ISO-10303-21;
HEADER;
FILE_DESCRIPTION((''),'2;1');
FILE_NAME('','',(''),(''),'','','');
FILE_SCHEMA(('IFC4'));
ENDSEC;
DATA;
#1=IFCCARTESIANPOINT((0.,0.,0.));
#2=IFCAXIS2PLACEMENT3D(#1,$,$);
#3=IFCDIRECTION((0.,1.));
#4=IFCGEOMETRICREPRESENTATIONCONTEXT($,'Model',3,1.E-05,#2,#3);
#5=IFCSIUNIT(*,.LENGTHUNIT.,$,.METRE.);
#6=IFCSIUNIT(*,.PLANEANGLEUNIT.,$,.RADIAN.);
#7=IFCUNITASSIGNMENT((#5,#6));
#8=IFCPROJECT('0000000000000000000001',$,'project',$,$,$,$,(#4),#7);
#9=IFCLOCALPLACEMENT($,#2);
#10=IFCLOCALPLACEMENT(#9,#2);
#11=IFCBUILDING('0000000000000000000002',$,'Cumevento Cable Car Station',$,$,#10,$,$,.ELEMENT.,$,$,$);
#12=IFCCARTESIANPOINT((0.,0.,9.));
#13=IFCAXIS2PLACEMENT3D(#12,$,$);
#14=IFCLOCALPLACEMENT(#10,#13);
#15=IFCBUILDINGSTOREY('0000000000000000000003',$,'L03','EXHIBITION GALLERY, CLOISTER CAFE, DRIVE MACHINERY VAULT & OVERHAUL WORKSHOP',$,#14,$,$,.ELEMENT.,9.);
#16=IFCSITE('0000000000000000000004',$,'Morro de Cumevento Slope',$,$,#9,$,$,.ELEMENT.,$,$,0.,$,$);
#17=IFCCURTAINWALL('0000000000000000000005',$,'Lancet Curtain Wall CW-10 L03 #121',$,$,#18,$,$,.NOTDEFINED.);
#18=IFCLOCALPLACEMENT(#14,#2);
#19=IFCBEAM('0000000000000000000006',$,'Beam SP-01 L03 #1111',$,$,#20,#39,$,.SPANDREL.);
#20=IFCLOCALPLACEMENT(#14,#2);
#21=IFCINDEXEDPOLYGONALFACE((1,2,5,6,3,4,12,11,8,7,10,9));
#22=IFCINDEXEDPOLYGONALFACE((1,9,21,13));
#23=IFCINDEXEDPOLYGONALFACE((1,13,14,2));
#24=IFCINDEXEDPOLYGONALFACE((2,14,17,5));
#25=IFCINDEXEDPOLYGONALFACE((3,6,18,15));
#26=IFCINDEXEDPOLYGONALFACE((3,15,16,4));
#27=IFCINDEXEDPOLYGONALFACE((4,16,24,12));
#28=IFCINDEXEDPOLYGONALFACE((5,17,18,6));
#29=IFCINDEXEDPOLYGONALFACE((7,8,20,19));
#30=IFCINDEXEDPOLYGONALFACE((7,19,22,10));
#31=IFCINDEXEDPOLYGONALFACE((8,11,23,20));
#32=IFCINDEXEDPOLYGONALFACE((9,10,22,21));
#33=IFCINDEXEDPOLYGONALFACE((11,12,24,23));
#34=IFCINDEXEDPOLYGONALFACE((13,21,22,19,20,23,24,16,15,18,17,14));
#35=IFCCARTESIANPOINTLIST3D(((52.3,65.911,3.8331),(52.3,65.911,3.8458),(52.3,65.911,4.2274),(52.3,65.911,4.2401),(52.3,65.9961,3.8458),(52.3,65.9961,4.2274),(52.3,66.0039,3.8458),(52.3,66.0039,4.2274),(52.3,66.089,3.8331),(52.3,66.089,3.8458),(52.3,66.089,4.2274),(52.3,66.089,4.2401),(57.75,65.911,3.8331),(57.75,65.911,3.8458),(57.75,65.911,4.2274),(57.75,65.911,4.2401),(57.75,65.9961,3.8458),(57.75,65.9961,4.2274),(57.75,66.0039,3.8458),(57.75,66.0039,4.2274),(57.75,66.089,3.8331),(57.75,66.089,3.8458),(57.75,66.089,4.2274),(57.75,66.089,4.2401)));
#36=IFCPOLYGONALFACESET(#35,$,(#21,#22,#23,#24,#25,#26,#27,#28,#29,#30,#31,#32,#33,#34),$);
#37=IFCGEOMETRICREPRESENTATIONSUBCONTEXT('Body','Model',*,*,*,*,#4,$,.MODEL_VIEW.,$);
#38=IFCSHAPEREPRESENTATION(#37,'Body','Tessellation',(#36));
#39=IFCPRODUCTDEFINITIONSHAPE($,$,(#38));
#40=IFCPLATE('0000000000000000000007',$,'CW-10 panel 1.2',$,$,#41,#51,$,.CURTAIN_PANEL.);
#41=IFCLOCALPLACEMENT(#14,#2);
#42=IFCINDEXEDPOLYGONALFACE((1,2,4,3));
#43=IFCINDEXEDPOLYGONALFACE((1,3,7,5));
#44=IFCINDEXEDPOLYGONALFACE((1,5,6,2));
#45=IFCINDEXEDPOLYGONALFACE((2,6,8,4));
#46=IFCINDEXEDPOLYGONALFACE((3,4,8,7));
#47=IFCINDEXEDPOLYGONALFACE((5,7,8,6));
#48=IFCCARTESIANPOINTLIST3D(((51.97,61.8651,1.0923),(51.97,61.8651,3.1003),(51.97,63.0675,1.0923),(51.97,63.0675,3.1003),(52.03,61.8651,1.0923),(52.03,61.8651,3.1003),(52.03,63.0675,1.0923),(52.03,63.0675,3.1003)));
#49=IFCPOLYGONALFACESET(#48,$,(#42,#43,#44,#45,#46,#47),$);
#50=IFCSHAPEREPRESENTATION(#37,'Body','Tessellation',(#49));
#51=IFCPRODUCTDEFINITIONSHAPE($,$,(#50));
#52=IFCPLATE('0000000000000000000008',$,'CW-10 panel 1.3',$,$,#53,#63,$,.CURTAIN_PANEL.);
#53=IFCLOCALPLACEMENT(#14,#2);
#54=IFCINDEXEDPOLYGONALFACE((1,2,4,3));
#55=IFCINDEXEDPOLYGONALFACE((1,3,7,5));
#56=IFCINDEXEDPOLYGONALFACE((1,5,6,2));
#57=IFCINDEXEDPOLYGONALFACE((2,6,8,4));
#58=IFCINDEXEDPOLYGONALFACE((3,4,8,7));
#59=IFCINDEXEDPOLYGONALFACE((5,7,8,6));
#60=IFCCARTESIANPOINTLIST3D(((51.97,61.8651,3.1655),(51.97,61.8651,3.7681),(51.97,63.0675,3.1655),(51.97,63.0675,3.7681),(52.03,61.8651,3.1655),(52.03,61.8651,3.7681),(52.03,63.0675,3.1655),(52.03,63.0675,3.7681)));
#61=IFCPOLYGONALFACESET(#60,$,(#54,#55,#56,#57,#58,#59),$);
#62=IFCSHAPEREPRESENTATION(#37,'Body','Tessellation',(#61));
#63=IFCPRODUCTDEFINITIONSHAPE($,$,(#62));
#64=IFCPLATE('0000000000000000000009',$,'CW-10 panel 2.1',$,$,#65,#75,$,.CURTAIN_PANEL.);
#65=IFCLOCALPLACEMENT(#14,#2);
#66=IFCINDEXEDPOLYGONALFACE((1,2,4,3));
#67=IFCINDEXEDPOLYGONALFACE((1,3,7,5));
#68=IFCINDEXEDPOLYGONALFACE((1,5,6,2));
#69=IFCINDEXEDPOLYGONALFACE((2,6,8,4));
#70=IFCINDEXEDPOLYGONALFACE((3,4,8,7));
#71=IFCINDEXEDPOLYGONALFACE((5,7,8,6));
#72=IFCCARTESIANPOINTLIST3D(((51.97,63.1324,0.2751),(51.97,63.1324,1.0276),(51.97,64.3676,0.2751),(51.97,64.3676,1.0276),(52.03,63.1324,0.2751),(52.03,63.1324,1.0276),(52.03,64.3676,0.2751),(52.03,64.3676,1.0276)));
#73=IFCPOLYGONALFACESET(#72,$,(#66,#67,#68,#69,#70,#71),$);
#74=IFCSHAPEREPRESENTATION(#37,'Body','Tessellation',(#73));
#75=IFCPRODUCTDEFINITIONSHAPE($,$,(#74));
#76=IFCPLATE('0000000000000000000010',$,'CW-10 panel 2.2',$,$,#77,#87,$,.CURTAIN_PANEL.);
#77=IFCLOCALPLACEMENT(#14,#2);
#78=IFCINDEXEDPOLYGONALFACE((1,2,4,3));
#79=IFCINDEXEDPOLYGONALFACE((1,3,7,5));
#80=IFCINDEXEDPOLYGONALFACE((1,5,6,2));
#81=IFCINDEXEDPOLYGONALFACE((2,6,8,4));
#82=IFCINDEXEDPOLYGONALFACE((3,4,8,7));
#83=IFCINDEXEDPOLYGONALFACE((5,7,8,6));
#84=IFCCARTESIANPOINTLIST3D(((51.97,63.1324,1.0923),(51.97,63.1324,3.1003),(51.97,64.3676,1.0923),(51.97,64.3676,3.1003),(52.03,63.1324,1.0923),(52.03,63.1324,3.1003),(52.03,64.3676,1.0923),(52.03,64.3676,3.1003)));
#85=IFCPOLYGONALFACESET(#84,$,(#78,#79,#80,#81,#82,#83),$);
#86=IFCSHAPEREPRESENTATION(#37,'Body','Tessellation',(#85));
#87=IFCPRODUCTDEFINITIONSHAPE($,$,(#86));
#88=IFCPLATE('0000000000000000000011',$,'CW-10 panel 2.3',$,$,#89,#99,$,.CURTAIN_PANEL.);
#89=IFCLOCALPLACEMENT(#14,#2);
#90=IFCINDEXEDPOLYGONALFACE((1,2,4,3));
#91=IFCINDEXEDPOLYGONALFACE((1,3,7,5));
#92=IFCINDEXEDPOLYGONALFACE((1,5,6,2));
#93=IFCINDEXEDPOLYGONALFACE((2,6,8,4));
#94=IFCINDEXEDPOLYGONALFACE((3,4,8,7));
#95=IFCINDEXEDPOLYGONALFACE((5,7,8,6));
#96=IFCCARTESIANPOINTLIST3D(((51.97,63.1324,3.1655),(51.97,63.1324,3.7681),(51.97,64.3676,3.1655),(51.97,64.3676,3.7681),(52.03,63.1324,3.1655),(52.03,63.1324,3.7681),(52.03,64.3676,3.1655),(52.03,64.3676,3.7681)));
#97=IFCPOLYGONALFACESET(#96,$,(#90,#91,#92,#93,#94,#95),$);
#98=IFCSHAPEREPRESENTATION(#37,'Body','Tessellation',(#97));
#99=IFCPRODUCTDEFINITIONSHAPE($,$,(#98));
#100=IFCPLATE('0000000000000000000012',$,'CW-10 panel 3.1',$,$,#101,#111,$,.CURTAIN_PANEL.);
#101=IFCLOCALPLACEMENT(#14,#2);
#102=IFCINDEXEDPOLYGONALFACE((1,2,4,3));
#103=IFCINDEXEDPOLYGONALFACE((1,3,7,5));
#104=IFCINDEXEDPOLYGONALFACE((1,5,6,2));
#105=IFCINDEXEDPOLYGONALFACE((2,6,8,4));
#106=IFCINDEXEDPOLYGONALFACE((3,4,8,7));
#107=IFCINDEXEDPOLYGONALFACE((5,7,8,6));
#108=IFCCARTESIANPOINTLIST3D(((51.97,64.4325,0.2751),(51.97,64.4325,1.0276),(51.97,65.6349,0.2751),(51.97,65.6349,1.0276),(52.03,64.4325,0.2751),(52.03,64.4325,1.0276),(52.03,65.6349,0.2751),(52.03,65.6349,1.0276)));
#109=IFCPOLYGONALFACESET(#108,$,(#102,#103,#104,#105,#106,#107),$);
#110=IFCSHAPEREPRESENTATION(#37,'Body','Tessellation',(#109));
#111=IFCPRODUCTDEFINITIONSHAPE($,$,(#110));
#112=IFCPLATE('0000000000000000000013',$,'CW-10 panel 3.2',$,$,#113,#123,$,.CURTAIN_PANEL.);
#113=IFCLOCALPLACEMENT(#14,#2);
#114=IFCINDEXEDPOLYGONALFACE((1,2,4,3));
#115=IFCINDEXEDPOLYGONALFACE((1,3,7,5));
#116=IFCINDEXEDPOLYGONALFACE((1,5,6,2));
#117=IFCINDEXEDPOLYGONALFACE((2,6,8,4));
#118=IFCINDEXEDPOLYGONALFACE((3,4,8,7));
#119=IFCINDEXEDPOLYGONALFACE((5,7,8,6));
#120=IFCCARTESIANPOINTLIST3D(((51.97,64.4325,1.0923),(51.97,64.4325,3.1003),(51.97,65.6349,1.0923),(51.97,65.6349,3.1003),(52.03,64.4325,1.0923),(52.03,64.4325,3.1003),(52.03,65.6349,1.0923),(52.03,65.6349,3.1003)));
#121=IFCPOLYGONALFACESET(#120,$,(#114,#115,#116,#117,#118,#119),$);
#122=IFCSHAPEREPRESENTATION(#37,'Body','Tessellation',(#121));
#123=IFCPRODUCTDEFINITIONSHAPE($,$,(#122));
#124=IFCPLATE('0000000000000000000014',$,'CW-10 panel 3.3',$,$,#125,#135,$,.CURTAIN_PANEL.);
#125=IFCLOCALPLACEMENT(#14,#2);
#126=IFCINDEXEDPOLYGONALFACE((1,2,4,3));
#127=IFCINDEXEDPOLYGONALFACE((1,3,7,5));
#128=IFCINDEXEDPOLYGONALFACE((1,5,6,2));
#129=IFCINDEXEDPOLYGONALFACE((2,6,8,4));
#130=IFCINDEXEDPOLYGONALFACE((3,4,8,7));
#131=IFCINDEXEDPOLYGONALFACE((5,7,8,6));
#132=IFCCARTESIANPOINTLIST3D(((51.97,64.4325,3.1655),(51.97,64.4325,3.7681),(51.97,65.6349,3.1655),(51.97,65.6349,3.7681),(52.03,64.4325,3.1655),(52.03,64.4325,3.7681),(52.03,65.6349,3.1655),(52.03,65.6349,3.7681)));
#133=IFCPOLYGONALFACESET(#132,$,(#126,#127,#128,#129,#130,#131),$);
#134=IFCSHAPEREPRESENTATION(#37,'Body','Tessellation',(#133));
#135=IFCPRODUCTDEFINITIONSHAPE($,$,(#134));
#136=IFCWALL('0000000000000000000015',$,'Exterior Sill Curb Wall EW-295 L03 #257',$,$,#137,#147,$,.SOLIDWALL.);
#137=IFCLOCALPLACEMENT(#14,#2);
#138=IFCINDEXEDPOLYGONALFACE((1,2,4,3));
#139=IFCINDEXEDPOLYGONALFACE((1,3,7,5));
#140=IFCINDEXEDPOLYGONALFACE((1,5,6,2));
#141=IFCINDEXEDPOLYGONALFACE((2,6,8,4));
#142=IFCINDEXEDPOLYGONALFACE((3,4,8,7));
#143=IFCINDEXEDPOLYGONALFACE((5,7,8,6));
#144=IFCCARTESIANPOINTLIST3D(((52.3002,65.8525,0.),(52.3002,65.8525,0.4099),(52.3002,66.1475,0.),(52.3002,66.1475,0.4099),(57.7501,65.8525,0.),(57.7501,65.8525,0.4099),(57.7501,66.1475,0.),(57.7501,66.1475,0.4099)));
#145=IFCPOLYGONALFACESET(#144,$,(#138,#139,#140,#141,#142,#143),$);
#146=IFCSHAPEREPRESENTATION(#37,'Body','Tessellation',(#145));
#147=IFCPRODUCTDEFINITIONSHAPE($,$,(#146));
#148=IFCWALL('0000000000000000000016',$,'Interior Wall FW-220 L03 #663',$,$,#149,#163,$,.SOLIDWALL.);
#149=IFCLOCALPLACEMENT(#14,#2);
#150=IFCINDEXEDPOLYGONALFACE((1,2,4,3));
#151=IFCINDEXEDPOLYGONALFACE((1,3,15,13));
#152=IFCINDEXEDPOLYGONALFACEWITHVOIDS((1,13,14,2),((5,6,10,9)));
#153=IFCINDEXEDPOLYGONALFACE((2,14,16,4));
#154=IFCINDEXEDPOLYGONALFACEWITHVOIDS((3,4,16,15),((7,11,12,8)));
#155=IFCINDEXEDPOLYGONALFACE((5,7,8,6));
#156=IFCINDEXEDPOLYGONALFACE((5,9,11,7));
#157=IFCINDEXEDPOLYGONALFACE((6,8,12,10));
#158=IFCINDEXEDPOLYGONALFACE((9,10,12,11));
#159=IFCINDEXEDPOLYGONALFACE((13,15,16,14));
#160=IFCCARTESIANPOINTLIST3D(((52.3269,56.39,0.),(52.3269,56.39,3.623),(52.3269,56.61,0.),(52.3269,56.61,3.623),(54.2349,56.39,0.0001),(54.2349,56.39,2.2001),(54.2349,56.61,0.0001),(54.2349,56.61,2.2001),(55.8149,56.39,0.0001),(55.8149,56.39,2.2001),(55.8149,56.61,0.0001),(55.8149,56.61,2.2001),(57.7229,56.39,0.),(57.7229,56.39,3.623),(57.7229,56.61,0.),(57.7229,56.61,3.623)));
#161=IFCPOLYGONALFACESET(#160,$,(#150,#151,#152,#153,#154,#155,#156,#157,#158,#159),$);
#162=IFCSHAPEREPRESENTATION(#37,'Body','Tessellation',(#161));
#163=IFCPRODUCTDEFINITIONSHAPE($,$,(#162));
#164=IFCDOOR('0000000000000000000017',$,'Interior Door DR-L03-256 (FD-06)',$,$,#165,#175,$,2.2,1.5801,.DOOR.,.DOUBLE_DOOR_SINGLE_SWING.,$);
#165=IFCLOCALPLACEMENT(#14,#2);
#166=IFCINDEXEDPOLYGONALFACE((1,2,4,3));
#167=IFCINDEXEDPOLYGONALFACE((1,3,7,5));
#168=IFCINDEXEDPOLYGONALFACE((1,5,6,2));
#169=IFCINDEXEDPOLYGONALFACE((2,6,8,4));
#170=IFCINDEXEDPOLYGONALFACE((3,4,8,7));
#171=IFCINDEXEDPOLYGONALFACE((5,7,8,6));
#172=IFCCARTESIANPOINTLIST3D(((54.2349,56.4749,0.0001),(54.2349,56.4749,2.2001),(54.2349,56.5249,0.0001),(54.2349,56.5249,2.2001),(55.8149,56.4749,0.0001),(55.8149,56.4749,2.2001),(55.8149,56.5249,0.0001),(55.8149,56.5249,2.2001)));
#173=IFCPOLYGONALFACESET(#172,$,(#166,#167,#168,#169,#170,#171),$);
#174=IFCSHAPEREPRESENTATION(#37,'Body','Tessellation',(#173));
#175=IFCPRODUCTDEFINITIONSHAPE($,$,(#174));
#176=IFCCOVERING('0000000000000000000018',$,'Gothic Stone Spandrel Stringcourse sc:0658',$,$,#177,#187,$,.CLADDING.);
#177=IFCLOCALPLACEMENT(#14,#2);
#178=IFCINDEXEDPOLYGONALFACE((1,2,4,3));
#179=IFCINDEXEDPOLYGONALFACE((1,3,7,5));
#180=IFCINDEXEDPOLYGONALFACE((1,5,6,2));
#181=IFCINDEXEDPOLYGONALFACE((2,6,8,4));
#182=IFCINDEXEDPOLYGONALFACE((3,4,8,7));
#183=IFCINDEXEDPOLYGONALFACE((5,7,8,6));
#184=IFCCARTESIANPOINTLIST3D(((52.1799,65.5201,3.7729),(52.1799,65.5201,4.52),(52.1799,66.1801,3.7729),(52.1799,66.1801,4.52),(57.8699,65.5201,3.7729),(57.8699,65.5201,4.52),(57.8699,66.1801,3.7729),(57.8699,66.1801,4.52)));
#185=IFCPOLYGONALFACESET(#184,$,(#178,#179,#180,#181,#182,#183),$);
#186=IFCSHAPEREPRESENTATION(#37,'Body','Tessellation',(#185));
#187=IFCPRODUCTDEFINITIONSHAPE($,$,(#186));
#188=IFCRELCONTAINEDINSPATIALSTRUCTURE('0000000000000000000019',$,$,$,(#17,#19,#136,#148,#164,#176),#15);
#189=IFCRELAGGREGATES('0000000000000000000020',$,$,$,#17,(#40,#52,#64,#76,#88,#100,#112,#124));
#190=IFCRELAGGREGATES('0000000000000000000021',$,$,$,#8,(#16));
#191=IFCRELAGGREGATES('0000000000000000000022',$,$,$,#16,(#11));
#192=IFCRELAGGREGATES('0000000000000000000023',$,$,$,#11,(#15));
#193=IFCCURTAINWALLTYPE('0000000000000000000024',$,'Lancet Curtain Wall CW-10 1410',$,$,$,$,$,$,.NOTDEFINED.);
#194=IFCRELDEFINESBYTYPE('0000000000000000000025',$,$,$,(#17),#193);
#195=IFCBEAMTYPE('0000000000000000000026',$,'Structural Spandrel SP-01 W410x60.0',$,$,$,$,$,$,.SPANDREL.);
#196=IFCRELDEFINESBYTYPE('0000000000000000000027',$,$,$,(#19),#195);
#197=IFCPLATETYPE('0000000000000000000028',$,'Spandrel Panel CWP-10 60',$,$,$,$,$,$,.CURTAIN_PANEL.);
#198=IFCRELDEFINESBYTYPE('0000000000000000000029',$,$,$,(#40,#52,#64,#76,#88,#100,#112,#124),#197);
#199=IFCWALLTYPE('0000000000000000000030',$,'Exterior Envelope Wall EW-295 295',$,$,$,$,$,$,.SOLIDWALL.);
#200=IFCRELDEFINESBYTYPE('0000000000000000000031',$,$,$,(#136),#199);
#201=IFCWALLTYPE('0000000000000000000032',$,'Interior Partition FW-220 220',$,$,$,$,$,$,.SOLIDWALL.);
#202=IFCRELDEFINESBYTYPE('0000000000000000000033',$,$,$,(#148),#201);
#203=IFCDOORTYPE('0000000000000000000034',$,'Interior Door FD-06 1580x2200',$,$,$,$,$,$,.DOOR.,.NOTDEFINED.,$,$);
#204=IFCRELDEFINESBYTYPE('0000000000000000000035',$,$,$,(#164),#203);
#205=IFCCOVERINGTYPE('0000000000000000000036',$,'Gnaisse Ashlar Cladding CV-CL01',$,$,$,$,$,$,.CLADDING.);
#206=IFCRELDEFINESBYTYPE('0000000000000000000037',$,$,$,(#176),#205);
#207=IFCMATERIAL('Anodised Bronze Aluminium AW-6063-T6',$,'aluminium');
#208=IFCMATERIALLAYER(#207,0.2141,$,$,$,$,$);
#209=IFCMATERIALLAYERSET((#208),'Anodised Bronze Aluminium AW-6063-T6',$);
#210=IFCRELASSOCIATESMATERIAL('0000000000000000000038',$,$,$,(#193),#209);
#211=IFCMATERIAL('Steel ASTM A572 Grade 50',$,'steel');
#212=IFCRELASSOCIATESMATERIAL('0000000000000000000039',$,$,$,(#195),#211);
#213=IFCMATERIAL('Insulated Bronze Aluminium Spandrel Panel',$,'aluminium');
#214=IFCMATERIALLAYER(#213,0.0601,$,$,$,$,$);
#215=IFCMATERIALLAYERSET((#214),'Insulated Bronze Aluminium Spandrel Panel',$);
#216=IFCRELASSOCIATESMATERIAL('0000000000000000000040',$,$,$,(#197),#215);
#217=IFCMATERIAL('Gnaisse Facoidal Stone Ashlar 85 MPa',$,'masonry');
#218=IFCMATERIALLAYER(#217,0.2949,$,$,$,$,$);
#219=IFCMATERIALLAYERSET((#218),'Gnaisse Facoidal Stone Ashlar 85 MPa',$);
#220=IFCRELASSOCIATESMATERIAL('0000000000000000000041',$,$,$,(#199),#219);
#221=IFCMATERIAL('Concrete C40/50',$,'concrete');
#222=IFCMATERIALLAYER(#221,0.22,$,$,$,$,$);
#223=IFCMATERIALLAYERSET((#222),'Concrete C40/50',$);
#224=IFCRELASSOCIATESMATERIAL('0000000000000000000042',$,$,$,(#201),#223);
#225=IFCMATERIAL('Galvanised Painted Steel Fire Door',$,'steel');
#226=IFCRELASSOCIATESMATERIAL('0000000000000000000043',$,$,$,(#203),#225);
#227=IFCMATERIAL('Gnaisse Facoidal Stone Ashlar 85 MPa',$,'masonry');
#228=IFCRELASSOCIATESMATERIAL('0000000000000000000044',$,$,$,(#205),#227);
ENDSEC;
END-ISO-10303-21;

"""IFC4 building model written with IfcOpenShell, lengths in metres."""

from ifc_helpers import new_model, si_unit, direction, frame, frame_2d, origin, origin_2d, place, context, subcontext, project, spatial, rectangle, i_section, extrude, material, layer, layer_set, material_profile, profile_set, type_object, element, fill, aggregate, save


model = new_model("IFC4")

# Units and contexts
model_context = context("Model", 3, precision=1e-05, world=origin(), true_north=direction((0.0, 1.0)))
body_context = subcontext(model_context, "Body", "Model", "MODEL_VIEW")
ifc_project = project(units=[si_unit("LENGTHUNIT", "METRE"), si_unit("PLANEANGLEUNIT", "RADIAN")], contexts=[model_context])

# Site, building, storey
site_placement = place(None, origin())
site = spatial("IfcSite", under=ifc_project, at=site_placement, Name="Morro de Cumevento Slope", CompositionType="ELEMENT", RefElevation=0.0)
building_placement = place(site_placement, origin())
building = spatial("IfcBuilding", under=site, at=building_placement, Name="Cumevento Cable Car Station", CompositionType="ELEMENT")
storey_placement = place(building_placement, frame((0.0, 0.0, 9.0)))
storey = spatial("IfcBuildingStorey", under=building, at=storey_placement, Name="L03", Description="EXHIBITION GALLERY, CLOISTER CAFE, DRIVE MACHINERY VAULT & OVERHAUL WORKSHOP", CompositionType="ELEMENT", Elevation=9.0)

# Curtain wall
ifc_material_1 = material(Name="Anodised Bronze Aluminium AW-6063-T6", Category="aluminium")
ifc_layer_1 = layer(ifc_material_1, 0.2141)
ifc_layer_set_1 = layer_set([ifc_layer_1], Name="Anodised Bronze Aluminium AW-6063-T6")
curtain_wall_type = type_object("IfcCurtainWallType", Name="Lancet Curtain Wall CW-10 1410", PredefinedType="NOTDEFINED", material=ifc_layer_set_1)
curtain_wall_placement = place(storey_placement, origin())
curtain_wall = element("IfcCurtainWall", 1, at=curtain_wall_placement, inside=storey, type_object=curtain_wall_type, Name="Lancet Curtain Wall CW-10 L03 #121", PredefinedType="NOTDEFINED")

# Beam
ifc_material_2 = material(Name="Steel ASTM A572 Grade 50", Category="steel")
ifc_material_profile_1 = material_profile(ifc_material_2, i_section(OverallWidth=0.178, OverallDepth=0.407, WebThickness=0.0078, FlangeThickness=0.0127, at=origin_2d()), Name="W410x60.0")
ifc_profile_set_1 = profile_set([ifc_material_profile_1], Name="Steel ASTM A572 Grade 50")
beam_type_1 = type_object("IfcBeamType", Name="Structural Spandrel SP-01 W410x60.0", PredefinedType="SPANDREL", material=ifc_profile_set_1)
beam_1_placement = place(storey_placement, frame((52.3, 66.0, 4.0366), z_axis=(1.0, 0.0, 0.0), x_axis=(0.0, 1.0, 0.0)))
element("IfcBeam", 2, at=beam_1_placement, inside=storey, type_object=beam_type_1, Name="Beam SP-01 L03 #1111", PredefinedType="SPANDREL", context=body_context, shape_type="SweptSolid", body=[
    extrude(i_section(OverallWidth=0.178, OverallDepth=0.407, WebThickness=0.0078, FlangeThickness=0.0127, at=origin_2d()), origin(), (0.0, 0.0, 1.0), 5.45),
])

# Plates
ifc_material_3 = material(Name="Insulated Bronze Aluminium Spandrel Panel", Category="aluminium")
ifc_layer_2 = layer(ifc_material_3, 0.0601)
ifc_layer_set_2 = layer_set([ifc_layer_2], Name="Insulated Bronze Aluminium Spandrel Panel")
plate_type = type_object("IfcPlateType", Name="Spandrel Panel CWP-10 60", PredefinedType="CURTAIN_PANEL", material=ifc_layer_set_2)
plate_1_placement = place(storey_placement, frame((52.0, 62.4663, 1.0923), z_axis=(0.0, 0.0, 1.0), x_axis=(0.0, 1.0, 0.0)))
plate_1 = element("IfcPlate", 3, at=plate_1_placement, type_object=plate_type, Name="CW-10 panel 1.2", PredefinedType="CURTAIN_PANEL", context=body_context, shape_type="SweptSolid", body=[
    extrude(rectangle(XDim=1.2024, YDim=0.0601, at=origin_2d()), origin(), (0.0, 0.0, 1.0), 2.0081),
])
plate_2_placement = place(storey_placement, frame((52.0, 62.4663, 3.1655), z_axis=(0.0, 0.0, 1.0), x_axis=(0.0, 1.0, 0.0)))
plate_2 = element("IfcPlate", 4, at=plate_2_placement, type_object=plate_type, Name="CW-10 panel 1.3", PredefinedType="CURTAIN_PANEL", context=body_context, shape_type="SweptSolid", body=[
    extrude(rectangle(XDim=1.2024, YDim=0.0601, at=origin_2d()), origin(), (0.0, 0.0, 1.0), 0.6025),
])
plate_3_placement = place(storey_placement, frame((52.0, 63.75, 0.2751), z_axis=(0.0, 0.0, 1.0), x_axis=(0.0, 1.0, 0.0)))
plate_3 = element("IfcPlate", 5, at=plate_3_placement, type_object=plate_type, Name="CW-10 panel 2.1", PredefinedType="CURTAIN_PANEL", context=body_context, shape_type="SweptSolid", body=[
    extrude(rectangle(XDim=1.2351, YDim=0.0601, at=origin_2d()), origin(), (0.0, 0.0, 1.0), 0.7524),
])
plate_4_placement = place(storey_placement, frame((52.0, 63.75, 1.0923), z_axis=(0.0, 0.0, 1.0), x_axis=(0.0, 1.0, 0.0)))
plate_4 = element("IfcPlate", 6, at=plate_4_placement, type_object=plate_type, Name="CW-10 panel 2.2", PredefinedType="CURTAIN_PANEL", context=body_context, shape_type="SweptSolid", body=[
    extrude(rectangle(XDim=1.2351, YDim=0.0601, at=origin_2d()), origin(), (0.0, 0.0, 1.0), 2.0081),
])
plate_5_placement = place(storey_placement, frame((52.0, 63.75, 3.1655), z_axis=(0.0, 0.0, 1.0), x_axis=(0.0, 1.0, 0.0)))
plate_5 = element("IfcPlate", 7, at=plate_5_placement, type_object=plate_type, Name="CW-10 panel 2.3", PredefinedType="CURTAIN_PANEL", context=body_context, shape_type="SweptSolid", body=[
    extrude(rectangle(XDim=1.2351, YDim=0.0601, at=origin_2d()), origin(), (0.0, 0.0, 1.0), 0.6025),
])
plate_6_placement = place(storey_placement, frame((52.0, 65.0337, 0.2751), z_axis=(0.0, 0.0, 1.0), x_axis=(0.0, 1.0, 0.0)))
plate_6 = element("IfcPlate", 8, at=plate_6_placement, type_object=plate_type, Name="CW-10 panel 3.1", PredefinedType="CURTAIN_PANEL", context=body_context, shape_type="SweptSolid", body=[
    extrude(rectangle(XDim=1.2024, YDim=0.0601, at=origin_2d()), origin(), (0.0, 0.0, 1.0), 0.7524),
])
plate_7_placement = place(storey_placement, frame((52.0, 65.0337, 1.0923), z_axis=(0.0, 0.0, 1.0), x_axis=(0.0, 1.0, 0.0)))
plate_7 = element("IfcPlate", 9, at=plate_7_placement, type_object=plate_type, Name="CW-10 panel 3.2", PredefinedType="CURTAIN_PANEL", context=body_context, shape_type="SweptSolid", body=[
    extrude(rectangle(XDim=1.2024, YDim=0.0601, at=origin_2d()), origin(), (0.0, 0.0, 1.0), 2.0081),
])
plate_8_placement = place(storey_placement, frame((52.0, 65.0337, 3.1655), z_axis=(0.0, 0.0, 1.0), x_axis=(0.0, 1.0, 0.0)))
plate_8 = element("IfcPlate", 10, at=plate_8_placement, type_object=plate_type, Name="CW-10 panel 3.3", PredefinedType="CURTAIN_PANEL", context=body_context, shape_type="SweptSolid", body=[
    extrude(rectangle(XDim=1.2024, YDim=0.0601, at=origin_2d()), origin(), (0.0, 0.0, 1.0), 0.6025),
])
aggregate(curtain_wall, [plate_1, plate_2, plate_3, plate_4, plate_5, plate_6, plate_7, plate_8])

# Wall
ifc_material_4 = material(Name="Gnaisse Facoidal Stone Ashlar 85 MPa", Category="masonry")
ifc_layer_3 = layer(ifc_material_4, 0.2949)
ifc_layer_set_3 = layer_set([ifc_layer_3], Name="Gnaisse Facoidal Stone Ashlar 85 MPa")
wall_type_1 = type_object("IfcWallType", Name="Exterior Envelope Wall EW-295 295", PredefinedType="SOLIDWALL", material=ifc_layer_set_3)
wall_1_placement = place(storey_placement, frame((52.3, 66.0, 0.0), z_axis=(0.0, 0.0, 1.0), x_axis=(1.0, 0.0, 0.0)))
element("IfcWall", 11, at=wall_1_placement, inside=storey, type_object=wall_type_1, Name="Exterior Sill Curb Wall EW-295 L03 #257", PredefinedType="SOLIDWALL", context=body_context, shape_type="SweptSolid", body=[
    extrude(rectangle(XDim=5.45, YDim=0.2949, at=frame_2d((2.7251, 0.0))), origin(), (0.0, 0.0, 1.0), 0.4099),
])

# Wall, opening, door
ifc_material_5 = material(Name="Concrete C40/50", Category="concrete")
ifc_layer_4 = layer(ifc_material_5, 0.22)
ifc_layer_set_4 = layer_set([ifc_layer_4], Name="Concrete C40/50")
wall_type_2 = type_object("IfcWallType", Name="Interior Partition FW-220 220", PredefinedType="SOLIDWALL", material=ifc_layer_set_4)
wall_2_placement = place(storey_placement, frame((52.3269, 56.5, 0.0), z_axis=(0.0, 0.0, 1.0), x_axis=(1.0, 0.0, 0.0)))
wall_2 = element("IfcWall", 12, at=wall_2_placement, inside=storey, type_object=wall_type_2, Name="Interior Wall FW-220 L03 #663", PredefinedType="SOLIDWALL", context=body_context, shape_type="SweptSolid", body=[
    extrude(rectangle(XDim=5.396, YDim=0.22, at=frame_2d((2.698, 0.0))), origin(), (0.0, 0.0, 1.0), 3.623),
])
opening_placement = place(wall_2_placement, frame((1.908, 0.0, 0.0)))
opening = element("IfcOpeningElement", 13, at=opening_placement, cuts=wall_2, PredefinedType="OPENING", context=body_context, shape_type="SweptSolid", body=[
    extrude(rectangle(XDim=1.5801, YDim=2.2, at=frame_2d((0.79, 1.1001))), frame((0.0, 0.1199, 0.0), z_axis=(0.0, -1.0, 0.0), x_axis=(1.0, 0.0, 0.0)), (0.0, 0.0, 1.0), 0.24),
])
ifc_material_6 = material(Name="Galvanised Painted Steel Fire Door", Category="steel")
door_type = type_object("IfcDoorType", Name="Interior Door FD-06 1580x2200", OperationType="NOTDEFINED", PredefinedType="DOOR", material=ifc_material_6)
door_placement = place(opening_placement, origin())
door = element("IfcDoor", 14, at=door_placement, inside=storey, type_object=door_type, Name="Interior Door DR-L03-256 (FD-06)", OperationType="DOUBLE_DOOR_SINGLE_SWING", OverallHeight=2.2, OverallWidth=1.5801, PredefinedType="DOOR", context=body_context, shape_type="SweptSolid", body=[
    extrude(rectangle(XDim=1.5801, YDim=2.2, at=frame_2d((0.79, 1.1001))), frame((0.0, 0.0249, 0.0), z_axis=(0.0, -1.0, 0.0), x_axis=(1.0, 0.0, 0.0)), (0.0, 0.0, 1.0), 0.05),
])
fill(opening, door)

# Covering
ifc_material_7 = material(Name="Gnaisse Facoidal Stone Ashlar 85 MPa", Category="masonry")
covering_type = type_object("IfcCoveringType", Name="Gnaisse Ashlar Cladding CV-CL01", PredefinedType="CLADDING", material=ifc_material_7)
covering_1_placement = place(storey_placement, frame((55.0249, 65.8501, 3.7729), z_axis=(0.0, 0.0, 1.0), x_axis=(1.0, 0.0, 0.0)))
element("IfcCovering", 15, at=covering_1_placement, inside=storey, type_object=covering_type, Name="Gothic Stone Spandrel Stringcourse sc:0658", PredefinedType="CLADDING", context=body_context, shape_type="SweptSolid", body=[
    extrude(rectangle(XDim=5.6899, YDim=0.6599, at=origin_2d()), origin(), (0.0, 0.0, 1.0), 0.7471),
])

save(model, "model.ifc")
